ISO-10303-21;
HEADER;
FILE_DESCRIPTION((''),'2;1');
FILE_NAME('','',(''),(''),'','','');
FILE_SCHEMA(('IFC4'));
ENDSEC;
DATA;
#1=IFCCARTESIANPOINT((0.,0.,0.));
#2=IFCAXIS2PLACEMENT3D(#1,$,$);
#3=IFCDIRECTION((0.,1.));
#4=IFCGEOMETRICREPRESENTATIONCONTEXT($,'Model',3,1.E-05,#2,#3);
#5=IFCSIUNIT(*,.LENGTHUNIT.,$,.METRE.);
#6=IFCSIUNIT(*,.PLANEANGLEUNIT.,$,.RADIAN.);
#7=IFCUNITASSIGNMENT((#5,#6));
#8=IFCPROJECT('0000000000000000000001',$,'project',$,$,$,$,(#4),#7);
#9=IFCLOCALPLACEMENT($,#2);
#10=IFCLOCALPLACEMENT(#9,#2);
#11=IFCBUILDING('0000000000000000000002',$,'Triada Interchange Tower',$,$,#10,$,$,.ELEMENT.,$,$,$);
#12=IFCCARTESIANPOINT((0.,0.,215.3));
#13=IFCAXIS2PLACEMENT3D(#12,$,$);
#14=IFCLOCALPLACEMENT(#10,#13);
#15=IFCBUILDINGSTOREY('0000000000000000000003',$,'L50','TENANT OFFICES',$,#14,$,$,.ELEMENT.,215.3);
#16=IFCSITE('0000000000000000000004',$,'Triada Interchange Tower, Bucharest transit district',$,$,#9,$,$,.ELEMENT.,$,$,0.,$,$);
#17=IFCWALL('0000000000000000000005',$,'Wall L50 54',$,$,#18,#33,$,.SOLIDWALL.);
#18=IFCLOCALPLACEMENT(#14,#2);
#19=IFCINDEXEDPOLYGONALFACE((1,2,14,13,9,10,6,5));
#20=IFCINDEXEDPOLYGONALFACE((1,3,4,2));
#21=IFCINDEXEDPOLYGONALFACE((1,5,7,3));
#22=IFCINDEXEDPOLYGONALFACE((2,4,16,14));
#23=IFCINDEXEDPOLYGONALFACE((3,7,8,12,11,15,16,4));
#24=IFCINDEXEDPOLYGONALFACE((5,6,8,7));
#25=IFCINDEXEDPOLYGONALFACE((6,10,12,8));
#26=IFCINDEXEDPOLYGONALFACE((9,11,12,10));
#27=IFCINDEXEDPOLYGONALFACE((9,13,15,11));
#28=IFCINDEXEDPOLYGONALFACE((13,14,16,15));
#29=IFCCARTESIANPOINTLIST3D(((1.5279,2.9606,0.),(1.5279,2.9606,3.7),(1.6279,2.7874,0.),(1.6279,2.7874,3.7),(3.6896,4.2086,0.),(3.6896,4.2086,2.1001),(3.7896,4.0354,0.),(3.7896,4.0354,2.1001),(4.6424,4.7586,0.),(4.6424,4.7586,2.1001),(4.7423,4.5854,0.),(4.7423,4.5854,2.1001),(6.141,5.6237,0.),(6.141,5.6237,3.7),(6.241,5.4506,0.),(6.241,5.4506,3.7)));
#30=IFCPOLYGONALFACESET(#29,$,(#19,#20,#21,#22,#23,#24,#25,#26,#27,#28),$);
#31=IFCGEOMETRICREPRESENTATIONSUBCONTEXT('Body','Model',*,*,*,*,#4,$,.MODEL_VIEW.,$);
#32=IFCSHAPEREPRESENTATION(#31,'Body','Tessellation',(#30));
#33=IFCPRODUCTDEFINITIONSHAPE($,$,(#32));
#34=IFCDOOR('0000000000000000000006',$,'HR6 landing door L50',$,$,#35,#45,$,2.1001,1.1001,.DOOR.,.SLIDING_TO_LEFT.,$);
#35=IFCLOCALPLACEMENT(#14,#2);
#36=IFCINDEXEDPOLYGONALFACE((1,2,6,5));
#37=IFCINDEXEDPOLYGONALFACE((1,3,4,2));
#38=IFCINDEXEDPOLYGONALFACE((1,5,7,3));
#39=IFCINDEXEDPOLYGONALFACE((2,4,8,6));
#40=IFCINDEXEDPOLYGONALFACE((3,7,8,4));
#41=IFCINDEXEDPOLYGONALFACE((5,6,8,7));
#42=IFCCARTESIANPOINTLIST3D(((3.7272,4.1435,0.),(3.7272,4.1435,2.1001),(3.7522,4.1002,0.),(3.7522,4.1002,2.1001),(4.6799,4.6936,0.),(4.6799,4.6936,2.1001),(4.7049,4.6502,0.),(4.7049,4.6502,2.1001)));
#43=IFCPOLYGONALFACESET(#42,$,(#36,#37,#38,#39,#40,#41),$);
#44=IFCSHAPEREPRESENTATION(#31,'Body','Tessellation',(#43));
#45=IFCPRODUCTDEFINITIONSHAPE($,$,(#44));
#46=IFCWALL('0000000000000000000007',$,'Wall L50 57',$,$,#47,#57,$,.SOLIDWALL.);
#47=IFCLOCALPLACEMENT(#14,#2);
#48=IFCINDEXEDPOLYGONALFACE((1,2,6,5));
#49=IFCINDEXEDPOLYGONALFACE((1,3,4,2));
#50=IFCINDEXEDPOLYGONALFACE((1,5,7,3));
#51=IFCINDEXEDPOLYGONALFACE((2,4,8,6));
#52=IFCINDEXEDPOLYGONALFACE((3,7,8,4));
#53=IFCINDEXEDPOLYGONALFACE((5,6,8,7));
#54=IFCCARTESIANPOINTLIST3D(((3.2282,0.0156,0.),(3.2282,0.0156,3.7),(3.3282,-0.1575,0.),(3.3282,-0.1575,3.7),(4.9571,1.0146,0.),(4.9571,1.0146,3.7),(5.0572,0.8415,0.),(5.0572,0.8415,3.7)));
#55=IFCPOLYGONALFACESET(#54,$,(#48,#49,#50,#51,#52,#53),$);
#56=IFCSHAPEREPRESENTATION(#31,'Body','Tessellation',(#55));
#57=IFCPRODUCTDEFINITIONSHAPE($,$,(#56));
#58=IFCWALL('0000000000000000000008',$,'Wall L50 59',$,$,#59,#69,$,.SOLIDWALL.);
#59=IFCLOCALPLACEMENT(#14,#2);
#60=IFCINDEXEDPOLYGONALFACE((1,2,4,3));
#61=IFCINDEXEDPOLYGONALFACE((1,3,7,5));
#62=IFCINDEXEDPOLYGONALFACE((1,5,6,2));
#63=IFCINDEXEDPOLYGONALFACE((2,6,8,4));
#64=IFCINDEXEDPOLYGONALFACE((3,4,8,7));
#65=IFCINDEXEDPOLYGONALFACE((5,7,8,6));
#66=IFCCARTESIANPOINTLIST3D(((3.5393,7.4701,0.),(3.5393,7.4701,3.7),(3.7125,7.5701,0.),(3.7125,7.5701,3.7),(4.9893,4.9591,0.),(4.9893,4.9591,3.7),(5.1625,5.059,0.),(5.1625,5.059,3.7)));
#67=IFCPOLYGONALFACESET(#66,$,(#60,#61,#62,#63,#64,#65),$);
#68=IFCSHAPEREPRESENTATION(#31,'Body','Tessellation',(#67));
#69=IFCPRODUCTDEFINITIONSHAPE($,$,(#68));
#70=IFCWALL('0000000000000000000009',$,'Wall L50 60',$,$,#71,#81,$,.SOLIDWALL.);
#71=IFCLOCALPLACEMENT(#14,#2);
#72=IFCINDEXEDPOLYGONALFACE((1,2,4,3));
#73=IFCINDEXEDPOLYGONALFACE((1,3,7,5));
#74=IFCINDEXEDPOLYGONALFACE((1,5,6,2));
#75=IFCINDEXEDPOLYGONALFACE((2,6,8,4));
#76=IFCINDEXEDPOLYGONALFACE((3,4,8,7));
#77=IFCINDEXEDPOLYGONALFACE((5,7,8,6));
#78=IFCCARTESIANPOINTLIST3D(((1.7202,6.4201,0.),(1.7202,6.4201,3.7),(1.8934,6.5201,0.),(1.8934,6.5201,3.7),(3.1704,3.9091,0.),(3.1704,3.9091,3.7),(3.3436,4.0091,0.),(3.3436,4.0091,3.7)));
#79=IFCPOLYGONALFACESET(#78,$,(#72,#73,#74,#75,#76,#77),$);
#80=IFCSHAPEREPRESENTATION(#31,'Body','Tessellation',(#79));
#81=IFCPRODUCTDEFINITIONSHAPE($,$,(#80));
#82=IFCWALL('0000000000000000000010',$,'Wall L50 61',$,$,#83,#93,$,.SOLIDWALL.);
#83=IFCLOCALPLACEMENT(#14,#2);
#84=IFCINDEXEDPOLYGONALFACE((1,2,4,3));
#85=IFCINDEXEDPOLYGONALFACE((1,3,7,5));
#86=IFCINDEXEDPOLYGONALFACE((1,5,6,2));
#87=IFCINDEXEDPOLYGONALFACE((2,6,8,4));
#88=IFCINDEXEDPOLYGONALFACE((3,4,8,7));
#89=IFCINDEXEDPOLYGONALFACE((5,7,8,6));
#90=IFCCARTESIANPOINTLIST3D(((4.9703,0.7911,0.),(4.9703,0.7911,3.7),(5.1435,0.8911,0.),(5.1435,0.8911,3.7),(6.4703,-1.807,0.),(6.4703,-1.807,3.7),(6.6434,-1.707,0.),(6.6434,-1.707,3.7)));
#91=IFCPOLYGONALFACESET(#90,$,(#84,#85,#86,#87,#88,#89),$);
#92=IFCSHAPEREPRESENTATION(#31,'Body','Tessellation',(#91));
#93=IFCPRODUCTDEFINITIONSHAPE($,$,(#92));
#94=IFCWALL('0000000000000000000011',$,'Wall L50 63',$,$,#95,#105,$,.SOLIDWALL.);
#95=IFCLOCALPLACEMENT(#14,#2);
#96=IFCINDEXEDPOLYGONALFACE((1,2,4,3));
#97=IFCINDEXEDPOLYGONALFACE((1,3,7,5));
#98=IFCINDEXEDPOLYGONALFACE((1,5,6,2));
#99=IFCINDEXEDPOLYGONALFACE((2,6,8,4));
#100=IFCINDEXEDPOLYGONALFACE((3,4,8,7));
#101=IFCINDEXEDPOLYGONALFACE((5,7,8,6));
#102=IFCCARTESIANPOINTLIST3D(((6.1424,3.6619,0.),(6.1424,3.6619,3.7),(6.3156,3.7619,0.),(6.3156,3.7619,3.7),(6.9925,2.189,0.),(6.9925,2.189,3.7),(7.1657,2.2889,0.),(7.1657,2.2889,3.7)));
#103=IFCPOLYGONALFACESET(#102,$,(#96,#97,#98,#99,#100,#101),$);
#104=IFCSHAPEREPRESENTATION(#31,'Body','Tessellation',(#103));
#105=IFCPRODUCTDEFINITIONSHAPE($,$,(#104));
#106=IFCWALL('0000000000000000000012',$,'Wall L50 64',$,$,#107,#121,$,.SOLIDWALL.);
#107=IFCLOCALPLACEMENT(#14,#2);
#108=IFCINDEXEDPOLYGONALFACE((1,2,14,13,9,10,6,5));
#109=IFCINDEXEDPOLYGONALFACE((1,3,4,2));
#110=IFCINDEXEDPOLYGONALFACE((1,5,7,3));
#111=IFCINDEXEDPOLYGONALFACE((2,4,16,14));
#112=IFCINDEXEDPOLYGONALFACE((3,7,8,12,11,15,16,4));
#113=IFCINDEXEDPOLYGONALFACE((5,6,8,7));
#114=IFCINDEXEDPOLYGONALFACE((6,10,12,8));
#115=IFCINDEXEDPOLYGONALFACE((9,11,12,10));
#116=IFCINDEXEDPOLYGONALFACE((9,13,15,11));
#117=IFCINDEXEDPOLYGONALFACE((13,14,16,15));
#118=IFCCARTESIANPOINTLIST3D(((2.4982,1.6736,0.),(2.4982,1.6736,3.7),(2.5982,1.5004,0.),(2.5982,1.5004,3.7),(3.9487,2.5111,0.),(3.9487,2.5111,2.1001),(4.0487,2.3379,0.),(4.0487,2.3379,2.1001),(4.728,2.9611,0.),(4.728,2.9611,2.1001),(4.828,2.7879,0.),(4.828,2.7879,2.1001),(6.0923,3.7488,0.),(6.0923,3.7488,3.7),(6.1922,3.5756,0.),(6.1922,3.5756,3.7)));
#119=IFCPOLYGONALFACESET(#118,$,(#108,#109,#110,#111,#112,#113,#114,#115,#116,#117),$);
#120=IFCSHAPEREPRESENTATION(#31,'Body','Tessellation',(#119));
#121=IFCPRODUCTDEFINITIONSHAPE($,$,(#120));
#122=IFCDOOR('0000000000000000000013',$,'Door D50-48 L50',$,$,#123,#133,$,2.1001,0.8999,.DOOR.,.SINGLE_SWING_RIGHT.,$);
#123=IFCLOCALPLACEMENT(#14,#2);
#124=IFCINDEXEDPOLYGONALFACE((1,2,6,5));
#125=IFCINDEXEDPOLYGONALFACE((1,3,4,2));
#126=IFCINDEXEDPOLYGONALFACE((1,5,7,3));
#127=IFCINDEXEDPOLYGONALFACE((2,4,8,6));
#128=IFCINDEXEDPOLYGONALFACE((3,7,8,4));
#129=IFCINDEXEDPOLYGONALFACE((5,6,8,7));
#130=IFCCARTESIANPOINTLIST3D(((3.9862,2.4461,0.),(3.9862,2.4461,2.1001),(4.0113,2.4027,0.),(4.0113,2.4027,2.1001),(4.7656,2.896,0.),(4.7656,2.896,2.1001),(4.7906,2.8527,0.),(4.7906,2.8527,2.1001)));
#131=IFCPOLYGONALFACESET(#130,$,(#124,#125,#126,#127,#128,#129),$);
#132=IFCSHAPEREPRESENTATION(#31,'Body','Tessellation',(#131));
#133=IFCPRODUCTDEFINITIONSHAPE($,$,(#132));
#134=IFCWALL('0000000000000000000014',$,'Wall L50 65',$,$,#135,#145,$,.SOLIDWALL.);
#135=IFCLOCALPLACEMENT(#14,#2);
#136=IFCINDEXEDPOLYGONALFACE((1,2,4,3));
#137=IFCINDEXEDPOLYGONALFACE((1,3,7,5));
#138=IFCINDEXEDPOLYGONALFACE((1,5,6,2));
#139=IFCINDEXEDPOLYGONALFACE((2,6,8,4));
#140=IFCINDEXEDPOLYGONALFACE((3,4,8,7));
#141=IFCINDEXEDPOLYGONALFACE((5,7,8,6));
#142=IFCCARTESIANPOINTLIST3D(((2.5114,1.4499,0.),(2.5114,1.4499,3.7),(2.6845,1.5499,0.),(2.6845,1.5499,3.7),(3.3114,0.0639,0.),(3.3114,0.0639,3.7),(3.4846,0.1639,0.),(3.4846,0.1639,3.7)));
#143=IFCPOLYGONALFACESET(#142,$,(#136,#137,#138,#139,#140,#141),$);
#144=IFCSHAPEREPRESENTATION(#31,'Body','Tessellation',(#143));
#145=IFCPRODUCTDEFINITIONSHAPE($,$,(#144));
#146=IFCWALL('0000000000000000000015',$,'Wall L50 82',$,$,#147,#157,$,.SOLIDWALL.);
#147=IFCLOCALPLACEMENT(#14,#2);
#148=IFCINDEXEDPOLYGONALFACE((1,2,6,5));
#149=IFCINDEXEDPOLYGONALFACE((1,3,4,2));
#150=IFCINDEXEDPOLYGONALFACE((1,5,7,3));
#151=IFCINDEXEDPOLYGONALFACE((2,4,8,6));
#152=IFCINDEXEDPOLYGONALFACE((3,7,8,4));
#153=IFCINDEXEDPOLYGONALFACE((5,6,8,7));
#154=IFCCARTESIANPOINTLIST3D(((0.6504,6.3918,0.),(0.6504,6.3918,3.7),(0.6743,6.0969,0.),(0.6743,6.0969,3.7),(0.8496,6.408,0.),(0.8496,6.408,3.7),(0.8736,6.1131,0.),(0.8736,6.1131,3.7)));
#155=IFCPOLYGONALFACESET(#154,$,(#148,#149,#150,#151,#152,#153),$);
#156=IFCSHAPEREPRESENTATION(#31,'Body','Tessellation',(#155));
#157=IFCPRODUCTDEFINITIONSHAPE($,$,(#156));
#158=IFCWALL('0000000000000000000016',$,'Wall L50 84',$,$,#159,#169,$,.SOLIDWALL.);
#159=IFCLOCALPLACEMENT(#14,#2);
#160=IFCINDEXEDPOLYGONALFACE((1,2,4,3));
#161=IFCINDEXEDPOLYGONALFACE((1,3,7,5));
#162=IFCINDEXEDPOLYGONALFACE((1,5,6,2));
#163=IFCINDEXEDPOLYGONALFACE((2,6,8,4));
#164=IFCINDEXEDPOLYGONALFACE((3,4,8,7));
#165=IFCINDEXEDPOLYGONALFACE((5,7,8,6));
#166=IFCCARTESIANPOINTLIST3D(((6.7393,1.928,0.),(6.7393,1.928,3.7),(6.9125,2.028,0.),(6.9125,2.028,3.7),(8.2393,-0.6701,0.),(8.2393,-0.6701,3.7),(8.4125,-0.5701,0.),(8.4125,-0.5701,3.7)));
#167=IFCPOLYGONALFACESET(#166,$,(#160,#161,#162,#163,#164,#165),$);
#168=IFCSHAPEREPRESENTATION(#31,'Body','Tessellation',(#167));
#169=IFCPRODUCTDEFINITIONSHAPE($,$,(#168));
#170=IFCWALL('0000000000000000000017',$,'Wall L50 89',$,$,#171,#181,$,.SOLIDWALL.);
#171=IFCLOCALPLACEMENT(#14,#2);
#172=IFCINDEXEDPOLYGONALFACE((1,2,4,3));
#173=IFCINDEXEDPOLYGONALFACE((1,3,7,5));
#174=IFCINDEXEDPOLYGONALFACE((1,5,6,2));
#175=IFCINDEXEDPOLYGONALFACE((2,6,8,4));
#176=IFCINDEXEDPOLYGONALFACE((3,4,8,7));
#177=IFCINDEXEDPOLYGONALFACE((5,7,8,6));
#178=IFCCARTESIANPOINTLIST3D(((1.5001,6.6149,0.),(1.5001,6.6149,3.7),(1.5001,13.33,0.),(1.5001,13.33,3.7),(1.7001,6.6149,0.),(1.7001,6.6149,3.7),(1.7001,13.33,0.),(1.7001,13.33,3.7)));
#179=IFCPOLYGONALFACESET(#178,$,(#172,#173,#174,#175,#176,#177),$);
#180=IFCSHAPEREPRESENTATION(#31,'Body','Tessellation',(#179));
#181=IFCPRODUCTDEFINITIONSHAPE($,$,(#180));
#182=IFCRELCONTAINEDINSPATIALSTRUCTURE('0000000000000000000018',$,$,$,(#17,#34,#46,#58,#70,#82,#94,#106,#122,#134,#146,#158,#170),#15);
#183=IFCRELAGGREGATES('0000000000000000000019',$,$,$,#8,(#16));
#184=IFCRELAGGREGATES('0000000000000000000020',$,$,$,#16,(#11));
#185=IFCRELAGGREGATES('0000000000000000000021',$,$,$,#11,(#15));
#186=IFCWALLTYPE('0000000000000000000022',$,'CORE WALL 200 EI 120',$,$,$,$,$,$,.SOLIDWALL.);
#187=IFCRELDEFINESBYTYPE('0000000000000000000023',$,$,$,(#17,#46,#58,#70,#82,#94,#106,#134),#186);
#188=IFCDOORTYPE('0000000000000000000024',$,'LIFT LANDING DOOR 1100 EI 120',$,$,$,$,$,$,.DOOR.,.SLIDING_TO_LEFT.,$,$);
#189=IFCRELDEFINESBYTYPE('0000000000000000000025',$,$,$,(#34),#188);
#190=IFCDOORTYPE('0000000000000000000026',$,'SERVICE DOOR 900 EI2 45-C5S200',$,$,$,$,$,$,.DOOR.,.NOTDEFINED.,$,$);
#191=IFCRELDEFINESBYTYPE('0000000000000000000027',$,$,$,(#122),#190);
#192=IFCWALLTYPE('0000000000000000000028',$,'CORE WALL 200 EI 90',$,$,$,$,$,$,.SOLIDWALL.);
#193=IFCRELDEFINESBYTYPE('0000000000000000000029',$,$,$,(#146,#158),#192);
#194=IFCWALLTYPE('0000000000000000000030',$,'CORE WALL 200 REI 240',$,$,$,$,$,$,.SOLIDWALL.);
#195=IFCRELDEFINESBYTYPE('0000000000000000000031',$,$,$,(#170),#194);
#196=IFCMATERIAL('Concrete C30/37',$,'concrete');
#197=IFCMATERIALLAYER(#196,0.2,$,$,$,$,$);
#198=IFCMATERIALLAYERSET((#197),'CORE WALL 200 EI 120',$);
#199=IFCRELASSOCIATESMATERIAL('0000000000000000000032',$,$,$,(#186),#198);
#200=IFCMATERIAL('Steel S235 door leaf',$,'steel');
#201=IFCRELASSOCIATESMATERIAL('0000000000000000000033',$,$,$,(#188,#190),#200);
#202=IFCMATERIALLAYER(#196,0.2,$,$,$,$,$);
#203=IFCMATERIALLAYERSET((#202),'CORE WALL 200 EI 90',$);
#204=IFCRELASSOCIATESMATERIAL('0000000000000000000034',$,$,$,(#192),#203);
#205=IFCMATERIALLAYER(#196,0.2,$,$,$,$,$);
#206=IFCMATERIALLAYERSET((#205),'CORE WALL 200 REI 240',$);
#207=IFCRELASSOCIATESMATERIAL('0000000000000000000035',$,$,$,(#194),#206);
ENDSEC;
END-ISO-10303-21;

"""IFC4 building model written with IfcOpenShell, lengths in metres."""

from ifc_helpers import new_model, si_unit, direction, frame, frame_2d, origin, place, context, subcontext, project, spatial, rectangle, extrude, material, layer, layer_set, type_object, element, fill, save


model = new_model("IFC4")

# Units and contexts
model_context = context("Model", 3, precision=1e-05, world=origin(), true_north=direction((0.0, 1.0)))
body_context = subcontext(model_context, "Body", "Model", "MODEL_VIEW")
ifc_project = project(units=[si_unit("LENGTHUNIT", "METRE"), si_unit("PLANEANGLEUNIT", "RADIAN")], contexts=[model_context])

# Site, building, storey
site_placement = place(None, origin())
site = spatial("IfcSite", under=ifc_project, at=site_placement, Name="Triada Interchange Tower, Bucharest transit district", CompositionType="ELEMENT", RefElevation=0.0)
building_placement = place(site_placement, origin())
building = spatial("IfcBuilding", under=site, at=building_placement, Name="Triada Interchange Tower", CompositionType="ELEMENT")
storey_placement = place(building_placement, frame((0.0, 0.0, 215.3)))
storey = spatial("IfcBuildingStorey", under=building, at=storey_placement, Name="L50", Description="TENANT OFFICES", CompositionType="ELEMENT", Elevation=215.3)

# Shared definitions
ifc_material_1 = material(Name="Concrete C30/37", Category="concrete")
ifc_layer_1 = layer(ifc_material_1, 0.2)
ifc_layer_set_1 = layer_set([ifc_layer_1], Name="CORE WALL 200 EI 120")
wall_type_1 = type_object("IfcWallType", Name="CORE WALL 200 EI 120", PredefinedType="SOLIDWALL", material=ifc_layer_set_1)
ifc_material_2 = material(Name="Steel S235 door leaf", Category="steel")
door_type_1 = type_object("IfcDoorType", Name="LIFT LANDING DOOR 1100 EI 120", OperationType="SLIDING_TO_LEFT", PredefinedType="DOOR", material=ifc_material_2)

# Wall, opening, door
wall_1_placement = place(storey_placement, frame((1.5779, 2.874, 0.0), z_axis=(0.0, 0.0, 1.0), x_axis=(0.866046, 0.499964, 0.0)))
wall_1 = element("IfcWall", 1, at=wall_1_placement, inside=storey, type_object=wall_type_1, Name="Wall L50 54", PredefinedType="SOLIDWALL", context=body_context, shape_type="SweptSolid", body=[
    extrude(rectangle(XDim=5.3267, YDim=0.2, at=frame_2d((2.6633, 0.0))), origin(), (0.0, 0.0, 1.0), 3.7),
])
opening_1_placement = place(wall_1_placement, frame((2.4961, 0.0, 0.0)))
opening_1 = element("IfcOpeningElement", 2, at=opening_1_placement, cuts=wall_1, PredefinedType="OPENING", context=body_context, shape_type="SweptSolid", body=[
    extrude(rectangle(XDim=1.1001, YDim=2.1001, at=frame_2d((0.55, 1.05))), frame((0.0, 0.1099, 0.0), z_axis=(0.0, -1.0, 0.0), x_axis=(1.0, 0.0, 0.0)), (0.0, 0.0, 1.0), 0.22),
])
door_1_placement = place(opening_1_placement, origin())
door_1 = element("IfcDoor", 3, at=door_1_placement, inside=storey, type_object=door_type_1, Name="HR6 landing door L50", OperationType="SLIDING_TO_LEFT", OverallHeight=2.1001, OverallWidth=1.1001, PredefinedType="DOOR", context=body_context, shape_type="SweptSolid", body=[
    extrude(rectangle(XDim=1.1001, YDim=2.1001, at=frame_2d((0.55, 1.05))), frame((0.0, 0.0249, 0.0), z_axis=(0.0, -1.0, 0.0), x_axis=(1.0, 0.0, 0.0)), (0.0, 0.0, 1.0), 0.05),
])
fill(opening_1, door_1)

# Walls
wall_2_placement = place(storey_placement, frame((3.2781, -0.071, 0.0), z_axis=(0.0, 0.0, 1.0), x_axis=(0.865856, 0.500294, 0.0)))
element("IfcWall", 4, at=wall_2_placement, inside=storey, type_object=wall_type_1, Name="Wall L50 57", PredefinedType="SOLIDWALL", context=body_context, shape_type="SweptSolid", body=[
    extrude(rectangle(XDim=1.9968, YDim=0.2, at=frame_2d((0.9985, 0.0))), origin(), (0.0, 0.0, 1.0), 3.7),
])
for number, where, z_axis, x_axis, name in (
    (5, (3.626, 7.52, 0.0), (0.0, 0.0, 1.0), (0.50006, -0.865991, 0.0), "Wall L50 59"),
    (6, (1.8069, 6.47, 0.0), (0.0, 0.0, 1.0), (0.500123, -0.865954, 0.0), "Wall L50 60"),
):
    element("IfcWall", number, at=place(storey_placement, frame(where, z_axis=z_axis, x_axis=x_axis)), inside=storey, type_object=wall_type_1, Name=name, PredefinedType="SOLIDWALL", context=body_context, shape_type="SweptSolid", body=[
        extrude(rectangle(XDim=2.8997, YDim=0.2, at=frame_2d((1.4497, 0.0))), origin(), (0.0, 0.0, 1.0), 3.7),
    ])
wall_3_placement = place(storey_placement, frame((5.0569, 0.8411, 0.0), z_axis=(0.0, 0.0, 1.0), x_axis=(0.49999, -0.866031, 0.0)))
element("IfcWall", 7, at=wall_3_placement, inside=storey, type_object=wall_type_1, Name="Wall L50 61", PredefinedType="SOLIDWALL", context=body_context, shape_type="SweptSolid", body=[
    extrude(rectangle(XDim=3.0, YDim=0.2, at=frame_2d((1.5, 0.0))), origin(), (0.0, 0.0, 1.0), 3.7),
])
wall_4_placement = place(storey_placement, frame((6.229, 3.7119, 0.0), z_axis=(0.0, 0.0, 1.0), x_axis=(0.499876, -0.866097, 0.0)))
element("IfcWall", 8, at=wall_4_placement, inside=storey, type_object=wall_type_1, Name="Wall L50 63", PredefinedType="SOLIDWALL", context=body_context, shape_type="SweptSolid", body=[
    extrude(rectangle(XDim=1.7007, YDim=0.2, at=frame_2d((0.8503, 0.0))), origin(), (0.0, 0.0, 1.0), 3.7),
])

# Wall, opening, door
wall_5_placement = place(storey_placement, frame((2.5481, 1.5869, 0.0), z_axis=(0.0, 0.0, 1.0), x_axis=(0.866004, 0.500036, 0.0)))
wall_5 = element("IfcWall", 9, at=wall_5_placement, inside=storey, type_object=wall_type_1, Name="Wall L50 64", PredefinedType="SOLIDWALL", context=body_context, shape_type="SweptSolid", body=[
    extrude(rectangle(XDim=4.1501, YDim=0.2, at=frame_2d((2.0752, 0.0))), origin(), (0.0, 0.0, 1.0), 3.7),
])
opening_2_placement = place(wall_5_placement, frame((1.675, 0.0, 0.0)))
opening_2 = element("IfcOpeningElement", 10, at=opening_2_placement, cuts=wall_5, PredefinedType="OPENING", context=body_context, shape_type="SweptSolid", body=[
    extrude(rectangle(XDim=0.8999, YDim=2.1001, at=frame_2d((0.45, 1.05))), frame((0.0, 0.1099, 0.0), z_axis=(0.0, -1.0, 0.0), x_axis=(1.0, 0.0, 0.0)), (0.0, 0.0, 1.0), 0.22),
])
door_type_2 = type_object("IfcDoorType", Name="SERVICE DOOR 900 EI2 45-C5S200", OperationType="NOTDEFINED", PredefinedType="DOOR", material=ifc_material_2)
door_2_placement = place(opening_2_placement, origin())
door_2 = element("IfcDoor", 11, at=door_2_placement, inside=storey, type_object=door_type_2, Name="Door D50-48 L50", OperationType="SINGLE_SWING_RIGHT", OverallHeight=2.1001, OverallWidth=0.8999, PredefinedType="DOOR", context=body_context, shape_type="SweptSolid", body=[
    extrude(rectangle(XDim=0.8999, YDim=2.1001, at=frame_2d((0.45, 1.05))), frame((0.0, 0.0249, 0.0), z_axis=(0.0, -1.0, 0.0), x_axis=(1.0, 0.0, 0.0)), (0.0, 0.0, 1.0), 0.05),
])
fill(opening_2, door_2)

# Walls
wall_6_placement = place(storey_placement, frame((2.5979, 1.5, 0.0), z_axis=(0.0, 0.0, 1.0), x_axis=(0.499929, -0.866066, 0.0)))
element("IfcWall", 12, at=wall_6_placement, inside=storey, type_object=wall_type_1, Name="Wall L50 65", PredefinedType="SOLIDWALL", context=body_context, shape_type="SweptSolid", body=[
    extrude(rectangle(XDim=1.6003, YDim=0.2, at=frame_2d((0.8003, 0.0))), origin(), (0.0, 0.0, 1.0), 3.7),
])
ifc_layer_2 = layer(ifc_material_1, 0.2)
ifc_layer_set_2 = layer_set([ifc_layer_2], Name="CORE WALL 200 EI 90")
wall_type_2 = type_object("IfcWallType", Name="CORE WALL 200 EI 90", PredefinedType="SOLIDWALL", material=ifc_layer_set_2)
wall_7_placement = place(storey_placement, frame((0.75, 6.3999, 0.0), z_axis=(0.0, 0.0, 1.0), x_axis=(0.08086, -0.996725, 0.0)))
element("IfcWall", 13, at=wall_7_placement, inside=storey, type_object=wall_type_2, Name="Wall L50 82", PredefinedType="SOLIDWALL", context=body_context, shape_type="SweptSolid", body=[
    extrude(rectangle(XDim=0.2959, YDim=0.2, at=frame_2d((0.1479, 0.0))), origin(), (0.0, 0.0, 1.0), 3.7),
])
wall_8_placement = place(storey_placement, frame((6.8259, 1.978, 0.0), z_axis=(0.0, 0.0, 1.0), x_axis=(0.49999, -0.866031, 0.0)))
element("IfcWall", 14, at=wall_8_placement, inside=storey, type_object=wall_type_2, Name="Wall L50 84", PredefinedType="SOLIDWALL", context=body_context, shape_type="SweptSolid", body=[
    extrude(rectangle(XDim=3.0, YDim=0.2, at=frame_2d((1.5, 0.0))), origin(), (0.0, 0.0, 1.0), 3.7),
])
ifc_layer_3 = layer(ifc_material_1, 0.2)
ifc_layer_set_3 = layer_set([ifc_layer_3], Name="CORE WALL 200 REI 240")
wall_type_3 = type_object("IfcWallType", Name="CORE WALL 200 REI 240", PredefinedType="SOLIDWALL", material=ifc_layer_set_3)
wall_9_placement = place(storey_placement, frame((1.6001, 6.615, 0.0), z_axis=(0.0, 0.0, 1.0), x_axis=(0.0, 1.0, 0.0)))
element("IfcWall", 15, at=wall_9_placement, inside=storey, type_object=wall_type_3, Name="Wall L50 89", PredefinedType="SOLIDWALL", context=body_context, shape_type="SweptSolid", body=[
    extrude(rectangle(XDim=6.7151, YDim=0.2, at=frame_2d((3.3574, 0.0))), origin(), (0.0, 0.0, 1.0), 3.7),
])

save(model, "model.ifc")
